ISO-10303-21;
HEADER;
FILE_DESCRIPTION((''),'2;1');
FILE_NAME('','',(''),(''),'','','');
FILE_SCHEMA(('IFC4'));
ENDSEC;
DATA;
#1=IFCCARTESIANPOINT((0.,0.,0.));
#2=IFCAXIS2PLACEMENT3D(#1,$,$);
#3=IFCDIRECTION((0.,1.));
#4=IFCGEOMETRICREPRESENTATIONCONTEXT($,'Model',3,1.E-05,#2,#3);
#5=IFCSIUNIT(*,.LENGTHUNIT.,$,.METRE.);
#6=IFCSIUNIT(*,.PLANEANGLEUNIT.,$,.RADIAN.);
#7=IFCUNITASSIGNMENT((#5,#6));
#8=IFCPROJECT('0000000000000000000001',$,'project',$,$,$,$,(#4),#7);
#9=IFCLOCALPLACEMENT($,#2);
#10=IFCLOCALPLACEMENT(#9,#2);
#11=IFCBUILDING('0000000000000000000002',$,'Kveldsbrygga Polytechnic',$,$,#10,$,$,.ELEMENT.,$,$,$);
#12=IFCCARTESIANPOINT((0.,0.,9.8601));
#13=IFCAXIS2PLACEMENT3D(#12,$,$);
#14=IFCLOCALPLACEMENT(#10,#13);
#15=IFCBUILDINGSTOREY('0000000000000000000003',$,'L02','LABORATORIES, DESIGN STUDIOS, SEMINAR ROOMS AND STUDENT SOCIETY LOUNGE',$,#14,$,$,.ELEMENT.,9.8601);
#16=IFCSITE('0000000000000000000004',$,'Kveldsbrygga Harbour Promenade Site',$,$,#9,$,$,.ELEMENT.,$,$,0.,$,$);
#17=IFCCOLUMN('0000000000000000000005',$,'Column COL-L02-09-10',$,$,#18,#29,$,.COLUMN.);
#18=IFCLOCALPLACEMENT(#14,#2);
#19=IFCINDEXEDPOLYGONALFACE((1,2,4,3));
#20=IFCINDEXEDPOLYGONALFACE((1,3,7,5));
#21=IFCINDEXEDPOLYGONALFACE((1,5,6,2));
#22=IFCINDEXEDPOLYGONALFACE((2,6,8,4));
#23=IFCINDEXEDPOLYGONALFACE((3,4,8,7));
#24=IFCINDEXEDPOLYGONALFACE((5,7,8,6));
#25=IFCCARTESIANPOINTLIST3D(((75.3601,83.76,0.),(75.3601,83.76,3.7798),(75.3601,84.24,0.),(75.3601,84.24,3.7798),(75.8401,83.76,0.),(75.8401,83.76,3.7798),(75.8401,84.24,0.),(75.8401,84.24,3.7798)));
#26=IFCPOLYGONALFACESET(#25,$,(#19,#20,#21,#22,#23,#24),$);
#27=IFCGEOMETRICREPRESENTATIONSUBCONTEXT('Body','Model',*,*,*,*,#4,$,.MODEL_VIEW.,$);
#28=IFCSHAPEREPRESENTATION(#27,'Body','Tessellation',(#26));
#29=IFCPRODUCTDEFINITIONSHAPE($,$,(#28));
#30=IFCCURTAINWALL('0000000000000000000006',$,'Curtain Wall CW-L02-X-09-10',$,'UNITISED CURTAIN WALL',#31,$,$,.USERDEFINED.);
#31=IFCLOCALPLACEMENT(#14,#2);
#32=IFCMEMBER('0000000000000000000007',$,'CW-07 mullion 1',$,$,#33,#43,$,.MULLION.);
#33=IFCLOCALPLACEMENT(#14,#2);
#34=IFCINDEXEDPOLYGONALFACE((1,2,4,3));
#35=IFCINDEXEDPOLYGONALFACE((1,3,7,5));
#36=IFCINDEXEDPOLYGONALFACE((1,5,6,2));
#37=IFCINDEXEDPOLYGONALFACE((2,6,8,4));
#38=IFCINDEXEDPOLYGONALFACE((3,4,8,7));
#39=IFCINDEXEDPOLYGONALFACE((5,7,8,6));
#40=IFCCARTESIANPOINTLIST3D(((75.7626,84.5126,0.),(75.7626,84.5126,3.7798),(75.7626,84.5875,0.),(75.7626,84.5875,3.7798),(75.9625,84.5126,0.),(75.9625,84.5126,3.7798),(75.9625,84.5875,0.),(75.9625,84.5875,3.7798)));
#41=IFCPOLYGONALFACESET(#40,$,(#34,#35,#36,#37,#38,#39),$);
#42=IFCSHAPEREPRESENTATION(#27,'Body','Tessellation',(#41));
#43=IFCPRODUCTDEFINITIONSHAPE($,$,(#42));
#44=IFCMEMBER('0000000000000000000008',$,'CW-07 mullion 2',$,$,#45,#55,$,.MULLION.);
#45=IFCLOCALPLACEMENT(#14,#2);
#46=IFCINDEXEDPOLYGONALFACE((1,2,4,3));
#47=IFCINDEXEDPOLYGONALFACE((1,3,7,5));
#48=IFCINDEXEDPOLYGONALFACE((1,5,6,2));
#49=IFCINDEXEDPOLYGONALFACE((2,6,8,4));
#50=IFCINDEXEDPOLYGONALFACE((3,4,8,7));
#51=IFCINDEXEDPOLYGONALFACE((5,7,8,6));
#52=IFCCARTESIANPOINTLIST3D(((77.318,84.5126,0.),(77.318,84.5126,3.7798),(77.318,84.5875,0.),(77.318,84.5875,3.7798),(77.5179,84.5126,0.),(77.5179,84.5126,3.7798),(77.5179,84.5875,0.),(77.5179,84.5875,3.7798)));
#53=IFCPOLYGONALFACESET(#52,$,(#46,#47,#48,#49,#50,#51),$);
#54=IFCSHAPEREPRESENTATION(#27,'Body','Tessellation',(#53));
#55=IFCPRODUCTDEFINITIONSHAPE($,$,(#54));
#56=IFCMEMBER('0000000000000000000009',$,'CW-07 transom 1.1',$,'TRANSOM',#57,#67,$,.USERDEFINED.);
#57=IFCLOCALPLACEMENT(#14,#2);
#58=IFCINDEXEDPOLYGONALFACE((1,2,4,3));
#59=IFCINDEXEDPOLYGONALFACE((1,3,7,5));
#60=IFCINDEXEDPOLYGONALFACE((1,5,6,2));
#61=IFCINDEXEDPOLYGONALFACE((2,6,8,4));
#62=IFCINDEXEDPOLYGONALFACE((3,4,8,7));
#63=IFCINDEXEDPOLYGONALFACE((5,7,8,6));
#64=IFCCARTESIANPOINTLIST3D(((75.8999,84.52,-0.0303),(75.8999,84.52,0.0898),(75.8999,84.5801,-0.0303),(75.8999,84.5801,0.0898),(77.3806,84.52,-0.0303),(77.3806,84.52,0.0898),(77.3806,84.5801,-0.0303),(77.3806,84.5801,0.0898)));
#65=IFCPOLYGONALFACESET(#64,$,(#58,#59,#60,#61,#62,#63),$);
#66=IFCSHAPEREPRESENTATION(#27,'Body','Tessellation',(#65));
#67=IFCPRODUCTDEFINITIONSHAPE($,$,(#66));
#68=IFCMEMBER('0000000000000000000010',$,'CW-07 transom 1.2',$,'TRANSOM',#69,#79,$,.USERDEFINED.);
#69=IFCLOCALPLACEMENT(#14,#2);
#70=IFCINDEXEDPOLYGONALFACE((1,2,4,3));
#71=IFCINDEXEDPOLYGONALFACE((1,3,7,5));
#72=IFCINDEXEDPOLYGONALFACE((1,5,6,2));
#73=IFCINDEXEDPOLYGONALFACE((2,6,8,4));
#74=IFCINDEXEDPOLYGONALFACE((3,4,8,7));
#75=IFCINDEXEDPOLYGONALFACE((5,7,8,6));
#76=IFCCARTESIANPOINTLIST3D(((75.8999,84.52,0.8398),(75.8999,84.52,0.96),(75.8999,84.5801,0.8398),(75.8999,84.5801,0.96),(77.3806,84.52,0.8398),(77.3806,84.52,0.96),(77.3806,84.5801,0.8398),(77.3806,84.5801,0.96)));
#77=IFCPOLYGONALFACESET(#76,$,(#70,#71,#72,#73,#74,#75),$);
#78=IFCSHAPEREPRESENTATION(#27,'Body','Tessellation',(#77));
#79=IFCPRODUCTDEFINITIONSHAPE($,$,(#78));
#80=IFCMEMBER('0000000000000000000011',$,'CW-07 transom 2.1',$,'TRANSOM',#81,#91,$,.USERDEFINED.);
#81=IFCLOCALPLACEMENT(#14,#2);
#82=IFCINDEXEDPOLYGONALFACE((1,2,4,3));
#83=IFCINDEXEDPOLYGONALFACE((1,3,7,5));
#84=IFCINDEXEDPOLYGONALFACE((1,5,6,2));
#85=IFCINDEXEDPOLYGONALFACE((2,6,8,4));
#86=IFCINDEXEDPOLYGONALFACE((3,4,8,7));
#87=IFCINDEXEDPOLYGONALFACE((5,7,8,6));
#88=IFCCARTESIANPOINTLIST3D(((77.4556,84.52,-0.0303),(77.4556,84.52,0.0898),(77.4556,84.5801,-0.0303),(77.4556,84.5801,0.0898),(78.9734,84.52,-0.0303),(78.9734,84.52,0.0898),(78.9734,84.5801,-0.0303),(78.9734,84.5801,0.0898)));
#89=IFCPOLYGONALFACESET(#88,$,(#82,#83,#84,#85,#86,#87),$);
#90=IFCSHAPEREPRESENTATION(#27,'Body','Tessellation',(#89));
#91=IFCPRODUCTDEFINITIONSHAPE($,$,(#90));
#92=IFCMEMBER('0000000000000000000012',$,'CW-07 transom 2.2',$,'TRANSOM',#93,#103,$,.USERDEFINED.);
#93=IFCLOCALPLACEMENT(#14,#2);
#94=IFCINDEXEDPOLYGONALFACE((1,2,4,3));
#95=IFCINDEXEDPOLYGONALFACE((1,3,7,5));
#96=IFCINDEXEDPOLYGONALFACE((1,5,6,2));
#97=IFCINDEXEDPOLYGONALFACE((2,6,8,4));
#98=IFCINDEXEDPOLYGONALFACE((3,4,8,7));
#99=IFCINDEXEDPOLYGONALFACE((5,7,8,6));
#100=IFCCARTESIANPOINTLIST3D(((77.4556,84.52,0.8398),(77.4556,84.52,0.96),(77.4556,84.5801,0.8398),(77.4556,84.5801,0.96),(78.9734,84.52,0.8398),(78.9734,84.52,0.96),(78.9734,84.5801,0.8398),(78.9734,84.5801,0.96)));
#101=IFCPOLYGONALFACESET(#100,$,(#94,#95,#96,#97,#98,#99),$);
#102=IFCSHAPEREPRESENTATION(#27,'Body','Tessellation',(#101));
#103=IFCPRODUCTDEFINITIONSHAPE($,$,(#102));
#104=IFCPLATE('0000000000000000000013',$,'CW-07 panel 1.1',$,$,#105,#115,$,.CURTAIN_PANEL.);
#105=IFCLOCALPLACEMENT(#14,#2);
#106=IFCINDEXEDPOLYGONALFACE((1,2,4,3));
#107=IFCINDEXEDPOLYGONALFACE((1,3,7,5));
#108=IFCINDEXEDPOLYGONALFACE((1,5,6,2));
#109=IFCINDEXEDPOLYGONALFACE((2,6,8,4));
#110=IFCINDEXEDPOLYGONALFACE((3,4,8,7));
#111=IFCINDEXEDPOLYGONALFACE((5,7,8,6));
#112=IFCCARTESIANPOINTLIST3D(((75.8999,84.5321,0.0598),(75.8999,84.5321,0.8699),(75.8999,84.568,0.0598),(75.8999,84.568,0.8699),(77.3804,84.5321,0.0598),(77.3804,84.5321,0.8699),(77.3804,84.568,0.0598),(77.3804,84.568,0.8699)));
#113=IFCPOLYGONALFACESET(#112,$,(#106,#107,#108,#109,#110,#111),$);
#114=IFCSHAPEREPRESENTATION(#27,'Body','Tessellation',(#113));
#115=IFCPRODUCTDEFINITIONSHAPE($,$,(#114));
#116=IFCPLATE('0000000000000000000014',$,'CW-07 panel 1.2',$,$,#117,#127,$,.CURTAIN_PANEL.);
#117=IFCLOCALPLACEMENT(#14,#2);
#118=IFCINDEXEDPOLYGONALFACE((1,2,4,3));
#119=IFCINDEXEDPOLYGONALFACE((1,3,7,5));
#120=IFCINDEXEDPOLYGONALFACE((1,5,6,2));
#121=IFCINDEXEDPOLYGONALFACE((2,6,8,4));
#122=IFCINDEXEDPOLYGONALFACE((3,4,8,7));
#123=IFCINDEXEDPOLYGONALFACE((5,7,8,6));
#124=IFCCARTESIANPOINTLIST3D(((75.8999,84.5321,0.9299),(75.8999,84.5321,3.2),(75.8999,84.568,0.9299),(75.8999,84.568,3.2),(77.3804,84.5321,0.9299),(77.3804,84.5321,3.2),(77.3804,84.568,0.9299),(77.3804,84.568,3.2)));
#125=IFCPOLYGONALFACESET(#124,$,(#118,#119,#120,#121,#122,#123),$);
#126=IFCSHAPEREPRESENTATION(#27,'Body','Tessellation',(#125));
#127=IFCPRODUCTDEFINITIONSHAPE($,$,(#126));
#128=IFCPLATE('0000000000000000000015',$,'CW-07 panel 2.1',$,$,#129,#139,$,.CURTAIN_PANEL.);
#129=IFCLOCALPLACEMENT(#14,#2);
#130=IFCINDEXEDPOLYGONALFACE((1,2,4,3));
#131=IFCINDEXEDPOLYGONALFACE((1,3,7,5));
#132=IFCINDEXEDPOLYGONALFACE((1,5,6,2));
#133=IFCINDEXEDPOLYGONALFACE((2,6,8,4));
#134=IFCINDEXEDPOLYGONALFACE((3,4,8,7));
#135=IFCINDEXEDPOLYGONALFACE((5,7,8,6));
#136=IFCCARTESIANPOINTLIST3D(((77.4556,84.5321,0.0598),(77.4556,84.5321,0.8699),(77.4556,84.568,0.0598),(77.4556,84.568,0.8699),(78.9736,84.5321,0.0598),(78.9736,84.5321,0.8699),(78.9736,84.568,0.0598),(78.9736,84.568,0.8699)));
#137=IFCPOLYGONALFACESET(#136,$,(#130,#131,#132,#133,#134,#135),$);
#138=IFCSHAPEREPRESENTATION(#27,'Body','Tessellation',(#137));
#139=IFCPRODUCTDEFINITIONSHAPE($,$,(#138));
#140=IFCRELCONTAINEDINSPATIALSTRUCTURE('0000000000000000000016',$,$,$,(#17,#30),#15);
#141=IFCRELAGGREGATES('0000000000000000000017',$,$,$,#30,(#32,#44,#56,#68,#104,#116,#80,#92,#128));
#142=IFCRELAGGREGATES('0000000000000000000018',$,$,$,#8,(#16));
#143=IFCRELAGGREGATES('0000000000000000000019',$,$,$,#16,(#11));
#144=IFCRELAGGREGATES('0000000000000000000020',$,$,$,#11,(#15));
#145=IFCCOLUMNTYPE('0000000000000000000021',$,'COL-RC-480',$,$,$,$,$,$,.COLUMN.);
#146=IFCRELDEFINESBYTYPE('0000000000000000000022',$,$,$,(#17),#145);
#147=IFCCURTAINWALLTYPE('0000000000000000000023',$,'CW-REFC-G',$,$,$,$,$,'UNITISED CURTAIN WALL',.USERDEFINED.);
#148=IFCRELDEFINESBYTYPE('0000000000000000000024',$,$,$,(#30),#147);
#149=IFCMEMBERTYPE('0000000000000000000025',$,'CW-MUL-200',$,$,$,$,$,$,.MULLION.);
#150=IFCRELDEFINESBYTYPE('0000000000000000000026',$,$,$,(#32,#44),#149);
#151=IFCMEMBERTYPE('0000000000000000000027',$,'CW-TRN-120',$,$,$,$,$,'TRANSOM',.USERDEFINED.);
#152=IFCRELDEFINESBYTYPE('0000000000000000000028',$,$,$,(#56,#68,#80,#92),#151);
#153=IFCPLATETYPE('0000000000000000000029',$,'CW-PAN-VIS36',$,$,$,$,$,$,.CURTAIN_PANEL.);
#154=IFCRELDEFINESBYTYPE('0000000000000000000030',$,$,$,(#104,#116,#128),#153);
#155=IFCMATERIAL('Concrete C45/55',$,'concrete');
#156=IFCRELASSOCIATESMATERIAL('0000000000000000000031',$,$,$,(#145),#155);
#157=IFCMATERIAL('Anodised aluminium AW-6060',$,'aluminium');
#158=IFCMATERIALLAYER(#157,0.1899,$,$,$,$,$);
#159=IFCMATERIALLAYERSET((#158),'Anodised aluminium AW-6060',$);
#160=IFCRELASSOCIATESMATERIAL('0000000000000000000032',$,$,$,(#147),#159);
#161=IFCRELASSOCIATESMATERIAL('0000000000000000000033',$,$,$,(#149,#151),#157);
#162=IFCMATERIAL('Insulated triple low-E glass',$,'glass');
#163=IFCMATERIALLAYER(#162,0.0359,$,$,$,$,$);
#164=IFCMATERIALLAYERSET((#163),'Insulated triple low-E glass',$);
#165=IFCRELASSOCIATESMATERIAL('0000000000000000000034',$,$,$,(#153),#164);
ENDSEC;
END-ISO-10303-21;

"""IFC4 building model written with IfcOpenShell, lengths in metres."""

from ifc_helpers import new_model, si_unit, direction, frame, origin, origin_2d, place, context, subcontext, project, spatial, rectangle, extrude, material, layer, layer_set, material_profile, profile_set, type_object, element, aggregate, save


model = new_model("IFC4")

# Units and contexts
model_context = context("Model", 3, precision=1e-05, world=origin(), true_north=direction((0.0, 1.0)))
body_context = subcontext(model_context, "Body", "Model", "MODEL_VIEW")
ifc_project = project(units=[si_unit("LENGTHUNIT", "METRE"), si_unit("PLANEANGLEUNIT", "RADIAN")], contexts=[model_context])

# Site, building, storey
site_placement = place(None, origin())
site = spatial("IfcSite", under=ifc_project, at=site_placement, Name="Kveldsbrygga Harbour Promenade Site", CompositionType="ELEMENT", RefElevation=0.0)
building_placement = place(site_placement, origin())
building = spatial("IfcBuilding", under=site, at=building_placement, Name="Kveldsbrygga Polytechnic", CompositionType="ELEMENT")
storey_placement = place(building_placement, frame((0.0, 0.0, 9.8601)))
storey = spatial("IfcBuildingStorey", under=building, at=storey_placement, Name="L02", Description="LABORATORIES, DESIGN STUDIOS, SEMINAR ROOMS AND STUDENT SOCIETY LOUNGE", CompositionType="ELEMENT", Elevation=9.8601)

# Column
ifc_material_1 = material(Name="Concrete C45/55", Category="concrete")
ifc_material_profile_1 = material_profile(ifc_material_1, rectangle(XDim=0.48, YDim=0.48, at=origin_2d()), Name="RC 480x480")
ifc_profile_set_1 = profile_set([ifc_material_profile_1], Name="Concrete C45/55")
column_type = type_object("IfcColumnType", Name="COL-RC-480", PredefinedType="COLUMN", material=ifc_profile_set_1)
column_placement = place(storey_placement, frame((75.6001, 84.0, 0.0), z_axis=(0.0, 0.0, 1.0), x_axis=(1.0, 0.0, 0.0)))
element("IfcColumn", 1, at=column_placement, inside=storey, type_object=column_type, Name="Column COL-L02-09-10", PredefinedType="COLUMN", context=body_context, shape_type="SweptSolid", body=[
    extrude(rectangle(XDim=0.48, YDim=0.48, at=origin_2d()), origin(), (0.0, 0.0, 1.0), 3.7798),
])

# Curtain wall, members, plates
ifc_material_2 = material(Name="Anodised aluminium AW-6060", Category="aluminium")
ifc_layer_1 = layer(ifc_material_2, 0.1899)
ifc_layer_set_1 = layer_set([ifc_layer_1], Name="Anodised aluminium AW-6060")
curtain_wall_type = type_object("IfcCurtainWallType", Name="CW-REFC-G", ElementType="UNITISED CURTAIN WALL", PredefinedType="USERDEFINED", material=ifc_layer_set_1)
curtain_wall_placement = place(storey_placement, origin())
curtain_wall = element("IfcCurtainWall", 2, at=curtain_wall_placement, inside=storey, type_object=curtain_wall_type, Name="Curtain Wall CW-L02-X-09-10", ObjectType="UNITISED CURTAIN WALL", PredefinedType="USERDEFINED")
ifc_material_profile_2 = material_profile(ifc_material_2, rectangle(XDim=0.075, YDim=0.2, at=origin_2d()), Name="ALU 75x200")
ifc_profile_set_2 = profile_set([ifc_material_profile_2], Name="Anodised aluminium AW-6060")
member_type_1 = type_object("IfcMemberType", Name="CW-MUL-200", PredefinedType="MULLION", material=ifc_profile_set_2)
member_1_placement = place(storey_placement, frame((75.8625, 84.55, 0.0), z_axis=(0.0, 0.0, 1.0), x_axis=(0.0, 1.0, 0.0)))
member_1 = element("IfcMember", 3, at=member_1_placement, type_object=member_type_1, Name="CW-07 mullion 1", PredefinedType="MULLION", context=body_context, shape_type="SweptSolid", body=[
    extrude(rectangle(XDim=0.075, YDim=0.2, at=origin_2d()), origin(), (0.0, 0.0, 1.0), 3.7798),
])
member_2_placement = place(storey_placement, frame((77.418, 84.55, 0.0), z_axis=(0.0, 0.0, 1.0), x_axis=(0.0, 1.0, 0.0)))
member_2 = element("IfcMember", 4, at=member_2_placement, type_object=member_type_1, Name="CW-07 mullion 2", PredefinedType="MULLION", context=body_context, shape_type="SweptSolid", body=[
    extrude(rectangle(XDim=0.075, YDim=0.2, at=origin_2d()), origin(), (0.0, 0.0, 1.0), 3.7798),
])
ifc_material_profile_3 = material_profile(ifc_material_2, rectangle(XDim=0.0601, YDim=0.1201, at=origin_2d()), Name="ALU 60x120")
ifc_profile_set_3 = profile_set([ifc_material_profile_3], Name="Anodised aluminium AW-6060")
member_type_2 = type_object("IfcMemberType", Name="CW-TRN-120", ElementType="TRANSOM", PredefinedType="USERDEFINED", material=ifc_profile_set_3)
member_3_placement = place(storey_placement, frame((75.8999, 84.55, 0.0298), z_axis=(1.0, 0.0, 0.0), x_axis=(0.0, 1.0, 0.0)))
member_3 = element("IfcMember", 5, at=member_3_placement, type_object=member_type_2, Name="CW-07 transom 1.1", ObjectType="TRANSOM", PredefinedType="USERDEFINED", context=body_context, shape_type="SweptSolid", body=[
    extrude(rectangle(XDim=0.0601, YDim=0.1201, at=origin_2d()), origin(), (0.0, 0.0, 1.0), 1.4807),
])
member_4_placement = place(storey_placement, frame((75.8999, 84.55, 0.8999), z_axis=(1.0, 0.0, 0.0), x_axis=(0.0, 1.0, 0.0)))
member_4 = element("IfcMember", 6, at=member_4_placement, type_object=member_type_2, Name="CW-07 transom 1.2", ObjectType="TRANSOM", PredefinedType="USERDEFINED", context=body_context, shape_type="SweptSolid", body=[
    extrude(rectangle(XDim=0.0601, YDim=0.1201, at=origin_2d()), origin(), (0.0, 0.0, 1.0), 1.4807),
])
member_5_placement = place(storey_placement, frame((77.4556, 84.55, 0.0298), z_axis=(1.0, 0.0, 0.0), x_axis=(0.0, 1.0, 0.0)))
member_5 = element("IfcMember", 7, at=member_5_placement, type_object=member_type_2, Name="CW-07 transom 2.1", ObjectType="TRANSOM", PredefinedType="USERDEFINED", context=body_context, shape_type="SweptSolid", body=[
    extrude(rectangle(XDim=0.0601, YDim=0.1201, at=origin_2d()), origin(), (0.0, 0.0, 1.0), 1.5178),
])
member_6_placement = place(storey_placement, frame((77.4556, 84.55, 0.8999), z_axis=(1.0, 0.0, 0.0), x_axis=(0.0, 1.0, 0.0)))
member_6 = element("IfcMember", 8, at=member_6_placement, type_object=member_type_2, Name="CW-07 transom 2.2", ObjectType="TRANSOM", PredefinedType="USERDEFINED", context=body_context, shape_type="SweptSolid", body=[
    extrude(rectangle(XDim=0.0601, YDim=0.1201, at=origin_2d()), origin(), (0.0, 0.0, 1.0), 1.5178),
])
ifc_material_3 = material(Name="Insulated triple low-E glass", Category="glass")
ifc_layer_2 = layer(ifc_material_3, 0.0359)
ifc_layer_set_2 = layer_set([ifc_layer_2], Name="Insulated triple low-E glass")
plate_type = type_object("IfcPlateType", Name="CW-PAN-VIS36", PredefinedType="CURTAIN_PANEL", material=ifc_layer_set_2)
plate_1_placement = place(storey_placement, frame((76.6401, 84.55, 0.0598), z_axis=(0.0, 0.0, 1.0), x_axis=(1.0, 0.0, 0.0)))
plate_1 = element("IfcPlate", 9, at=plate_1_placement, type_object=plate_type, Name="CW-07 panel 1.1", PredefinedType="CURTAIN_PANEL", context=body_context, shape_type="SweptSolid", body=[
    extrude(rectangle(XDim=1.4805, YDim=0.0359, at=origin_2d()), origin(), (0.0, 0.0, 1.0), 0.8101),
])
plate_2_placement = place(storey_placement, frame((76.6401, 84.55, 0.9299), z_axis=(0.0, 0.0, 1.0), x_axis=(1.0, 0.0, 0.0)))
plate_2 = element("IfcPlate", 10, at=plate_2_placement, type_object=plate_type, Name="CW-07 panel 1.2", PredefinedType="CURTAIN_PANEL", context=body_context, shape_type="SweptSolid", body=[
    extrude(rectangle(XDim=1.4805, YDim=0.0359, at=origin_2d()), origin(), (0.0, 0.0, 1.0), 2.27),
])
plate_3_placement = place(storey_placement, frame((78.2146, 84.55, 0.0598), z_axis=(0.0, 0.0, 1.0), x_axis=(1.0, 0.0, 0.0)))
plate_3 = element("IfcPlate", 11, at=plate_3_placement, type_object=plate_type, Name="CW-07 panel 2.1", PredefinedType="CURTAIN_PANEL", context=body_context, shape_type="SweptSolid", body=[
    extrude(rectangle(XDim=1.5181, YDim=0.0359, at=origin_2d()), origin(), (0.0, 0.0, 1.0), 0.8101),
])
aggregate(curtain_wall, [member_1, member_2, member_3, member_4, plate_1, plate_2, member_5, member_6, plate_3])

save(model, "model.ifc")
